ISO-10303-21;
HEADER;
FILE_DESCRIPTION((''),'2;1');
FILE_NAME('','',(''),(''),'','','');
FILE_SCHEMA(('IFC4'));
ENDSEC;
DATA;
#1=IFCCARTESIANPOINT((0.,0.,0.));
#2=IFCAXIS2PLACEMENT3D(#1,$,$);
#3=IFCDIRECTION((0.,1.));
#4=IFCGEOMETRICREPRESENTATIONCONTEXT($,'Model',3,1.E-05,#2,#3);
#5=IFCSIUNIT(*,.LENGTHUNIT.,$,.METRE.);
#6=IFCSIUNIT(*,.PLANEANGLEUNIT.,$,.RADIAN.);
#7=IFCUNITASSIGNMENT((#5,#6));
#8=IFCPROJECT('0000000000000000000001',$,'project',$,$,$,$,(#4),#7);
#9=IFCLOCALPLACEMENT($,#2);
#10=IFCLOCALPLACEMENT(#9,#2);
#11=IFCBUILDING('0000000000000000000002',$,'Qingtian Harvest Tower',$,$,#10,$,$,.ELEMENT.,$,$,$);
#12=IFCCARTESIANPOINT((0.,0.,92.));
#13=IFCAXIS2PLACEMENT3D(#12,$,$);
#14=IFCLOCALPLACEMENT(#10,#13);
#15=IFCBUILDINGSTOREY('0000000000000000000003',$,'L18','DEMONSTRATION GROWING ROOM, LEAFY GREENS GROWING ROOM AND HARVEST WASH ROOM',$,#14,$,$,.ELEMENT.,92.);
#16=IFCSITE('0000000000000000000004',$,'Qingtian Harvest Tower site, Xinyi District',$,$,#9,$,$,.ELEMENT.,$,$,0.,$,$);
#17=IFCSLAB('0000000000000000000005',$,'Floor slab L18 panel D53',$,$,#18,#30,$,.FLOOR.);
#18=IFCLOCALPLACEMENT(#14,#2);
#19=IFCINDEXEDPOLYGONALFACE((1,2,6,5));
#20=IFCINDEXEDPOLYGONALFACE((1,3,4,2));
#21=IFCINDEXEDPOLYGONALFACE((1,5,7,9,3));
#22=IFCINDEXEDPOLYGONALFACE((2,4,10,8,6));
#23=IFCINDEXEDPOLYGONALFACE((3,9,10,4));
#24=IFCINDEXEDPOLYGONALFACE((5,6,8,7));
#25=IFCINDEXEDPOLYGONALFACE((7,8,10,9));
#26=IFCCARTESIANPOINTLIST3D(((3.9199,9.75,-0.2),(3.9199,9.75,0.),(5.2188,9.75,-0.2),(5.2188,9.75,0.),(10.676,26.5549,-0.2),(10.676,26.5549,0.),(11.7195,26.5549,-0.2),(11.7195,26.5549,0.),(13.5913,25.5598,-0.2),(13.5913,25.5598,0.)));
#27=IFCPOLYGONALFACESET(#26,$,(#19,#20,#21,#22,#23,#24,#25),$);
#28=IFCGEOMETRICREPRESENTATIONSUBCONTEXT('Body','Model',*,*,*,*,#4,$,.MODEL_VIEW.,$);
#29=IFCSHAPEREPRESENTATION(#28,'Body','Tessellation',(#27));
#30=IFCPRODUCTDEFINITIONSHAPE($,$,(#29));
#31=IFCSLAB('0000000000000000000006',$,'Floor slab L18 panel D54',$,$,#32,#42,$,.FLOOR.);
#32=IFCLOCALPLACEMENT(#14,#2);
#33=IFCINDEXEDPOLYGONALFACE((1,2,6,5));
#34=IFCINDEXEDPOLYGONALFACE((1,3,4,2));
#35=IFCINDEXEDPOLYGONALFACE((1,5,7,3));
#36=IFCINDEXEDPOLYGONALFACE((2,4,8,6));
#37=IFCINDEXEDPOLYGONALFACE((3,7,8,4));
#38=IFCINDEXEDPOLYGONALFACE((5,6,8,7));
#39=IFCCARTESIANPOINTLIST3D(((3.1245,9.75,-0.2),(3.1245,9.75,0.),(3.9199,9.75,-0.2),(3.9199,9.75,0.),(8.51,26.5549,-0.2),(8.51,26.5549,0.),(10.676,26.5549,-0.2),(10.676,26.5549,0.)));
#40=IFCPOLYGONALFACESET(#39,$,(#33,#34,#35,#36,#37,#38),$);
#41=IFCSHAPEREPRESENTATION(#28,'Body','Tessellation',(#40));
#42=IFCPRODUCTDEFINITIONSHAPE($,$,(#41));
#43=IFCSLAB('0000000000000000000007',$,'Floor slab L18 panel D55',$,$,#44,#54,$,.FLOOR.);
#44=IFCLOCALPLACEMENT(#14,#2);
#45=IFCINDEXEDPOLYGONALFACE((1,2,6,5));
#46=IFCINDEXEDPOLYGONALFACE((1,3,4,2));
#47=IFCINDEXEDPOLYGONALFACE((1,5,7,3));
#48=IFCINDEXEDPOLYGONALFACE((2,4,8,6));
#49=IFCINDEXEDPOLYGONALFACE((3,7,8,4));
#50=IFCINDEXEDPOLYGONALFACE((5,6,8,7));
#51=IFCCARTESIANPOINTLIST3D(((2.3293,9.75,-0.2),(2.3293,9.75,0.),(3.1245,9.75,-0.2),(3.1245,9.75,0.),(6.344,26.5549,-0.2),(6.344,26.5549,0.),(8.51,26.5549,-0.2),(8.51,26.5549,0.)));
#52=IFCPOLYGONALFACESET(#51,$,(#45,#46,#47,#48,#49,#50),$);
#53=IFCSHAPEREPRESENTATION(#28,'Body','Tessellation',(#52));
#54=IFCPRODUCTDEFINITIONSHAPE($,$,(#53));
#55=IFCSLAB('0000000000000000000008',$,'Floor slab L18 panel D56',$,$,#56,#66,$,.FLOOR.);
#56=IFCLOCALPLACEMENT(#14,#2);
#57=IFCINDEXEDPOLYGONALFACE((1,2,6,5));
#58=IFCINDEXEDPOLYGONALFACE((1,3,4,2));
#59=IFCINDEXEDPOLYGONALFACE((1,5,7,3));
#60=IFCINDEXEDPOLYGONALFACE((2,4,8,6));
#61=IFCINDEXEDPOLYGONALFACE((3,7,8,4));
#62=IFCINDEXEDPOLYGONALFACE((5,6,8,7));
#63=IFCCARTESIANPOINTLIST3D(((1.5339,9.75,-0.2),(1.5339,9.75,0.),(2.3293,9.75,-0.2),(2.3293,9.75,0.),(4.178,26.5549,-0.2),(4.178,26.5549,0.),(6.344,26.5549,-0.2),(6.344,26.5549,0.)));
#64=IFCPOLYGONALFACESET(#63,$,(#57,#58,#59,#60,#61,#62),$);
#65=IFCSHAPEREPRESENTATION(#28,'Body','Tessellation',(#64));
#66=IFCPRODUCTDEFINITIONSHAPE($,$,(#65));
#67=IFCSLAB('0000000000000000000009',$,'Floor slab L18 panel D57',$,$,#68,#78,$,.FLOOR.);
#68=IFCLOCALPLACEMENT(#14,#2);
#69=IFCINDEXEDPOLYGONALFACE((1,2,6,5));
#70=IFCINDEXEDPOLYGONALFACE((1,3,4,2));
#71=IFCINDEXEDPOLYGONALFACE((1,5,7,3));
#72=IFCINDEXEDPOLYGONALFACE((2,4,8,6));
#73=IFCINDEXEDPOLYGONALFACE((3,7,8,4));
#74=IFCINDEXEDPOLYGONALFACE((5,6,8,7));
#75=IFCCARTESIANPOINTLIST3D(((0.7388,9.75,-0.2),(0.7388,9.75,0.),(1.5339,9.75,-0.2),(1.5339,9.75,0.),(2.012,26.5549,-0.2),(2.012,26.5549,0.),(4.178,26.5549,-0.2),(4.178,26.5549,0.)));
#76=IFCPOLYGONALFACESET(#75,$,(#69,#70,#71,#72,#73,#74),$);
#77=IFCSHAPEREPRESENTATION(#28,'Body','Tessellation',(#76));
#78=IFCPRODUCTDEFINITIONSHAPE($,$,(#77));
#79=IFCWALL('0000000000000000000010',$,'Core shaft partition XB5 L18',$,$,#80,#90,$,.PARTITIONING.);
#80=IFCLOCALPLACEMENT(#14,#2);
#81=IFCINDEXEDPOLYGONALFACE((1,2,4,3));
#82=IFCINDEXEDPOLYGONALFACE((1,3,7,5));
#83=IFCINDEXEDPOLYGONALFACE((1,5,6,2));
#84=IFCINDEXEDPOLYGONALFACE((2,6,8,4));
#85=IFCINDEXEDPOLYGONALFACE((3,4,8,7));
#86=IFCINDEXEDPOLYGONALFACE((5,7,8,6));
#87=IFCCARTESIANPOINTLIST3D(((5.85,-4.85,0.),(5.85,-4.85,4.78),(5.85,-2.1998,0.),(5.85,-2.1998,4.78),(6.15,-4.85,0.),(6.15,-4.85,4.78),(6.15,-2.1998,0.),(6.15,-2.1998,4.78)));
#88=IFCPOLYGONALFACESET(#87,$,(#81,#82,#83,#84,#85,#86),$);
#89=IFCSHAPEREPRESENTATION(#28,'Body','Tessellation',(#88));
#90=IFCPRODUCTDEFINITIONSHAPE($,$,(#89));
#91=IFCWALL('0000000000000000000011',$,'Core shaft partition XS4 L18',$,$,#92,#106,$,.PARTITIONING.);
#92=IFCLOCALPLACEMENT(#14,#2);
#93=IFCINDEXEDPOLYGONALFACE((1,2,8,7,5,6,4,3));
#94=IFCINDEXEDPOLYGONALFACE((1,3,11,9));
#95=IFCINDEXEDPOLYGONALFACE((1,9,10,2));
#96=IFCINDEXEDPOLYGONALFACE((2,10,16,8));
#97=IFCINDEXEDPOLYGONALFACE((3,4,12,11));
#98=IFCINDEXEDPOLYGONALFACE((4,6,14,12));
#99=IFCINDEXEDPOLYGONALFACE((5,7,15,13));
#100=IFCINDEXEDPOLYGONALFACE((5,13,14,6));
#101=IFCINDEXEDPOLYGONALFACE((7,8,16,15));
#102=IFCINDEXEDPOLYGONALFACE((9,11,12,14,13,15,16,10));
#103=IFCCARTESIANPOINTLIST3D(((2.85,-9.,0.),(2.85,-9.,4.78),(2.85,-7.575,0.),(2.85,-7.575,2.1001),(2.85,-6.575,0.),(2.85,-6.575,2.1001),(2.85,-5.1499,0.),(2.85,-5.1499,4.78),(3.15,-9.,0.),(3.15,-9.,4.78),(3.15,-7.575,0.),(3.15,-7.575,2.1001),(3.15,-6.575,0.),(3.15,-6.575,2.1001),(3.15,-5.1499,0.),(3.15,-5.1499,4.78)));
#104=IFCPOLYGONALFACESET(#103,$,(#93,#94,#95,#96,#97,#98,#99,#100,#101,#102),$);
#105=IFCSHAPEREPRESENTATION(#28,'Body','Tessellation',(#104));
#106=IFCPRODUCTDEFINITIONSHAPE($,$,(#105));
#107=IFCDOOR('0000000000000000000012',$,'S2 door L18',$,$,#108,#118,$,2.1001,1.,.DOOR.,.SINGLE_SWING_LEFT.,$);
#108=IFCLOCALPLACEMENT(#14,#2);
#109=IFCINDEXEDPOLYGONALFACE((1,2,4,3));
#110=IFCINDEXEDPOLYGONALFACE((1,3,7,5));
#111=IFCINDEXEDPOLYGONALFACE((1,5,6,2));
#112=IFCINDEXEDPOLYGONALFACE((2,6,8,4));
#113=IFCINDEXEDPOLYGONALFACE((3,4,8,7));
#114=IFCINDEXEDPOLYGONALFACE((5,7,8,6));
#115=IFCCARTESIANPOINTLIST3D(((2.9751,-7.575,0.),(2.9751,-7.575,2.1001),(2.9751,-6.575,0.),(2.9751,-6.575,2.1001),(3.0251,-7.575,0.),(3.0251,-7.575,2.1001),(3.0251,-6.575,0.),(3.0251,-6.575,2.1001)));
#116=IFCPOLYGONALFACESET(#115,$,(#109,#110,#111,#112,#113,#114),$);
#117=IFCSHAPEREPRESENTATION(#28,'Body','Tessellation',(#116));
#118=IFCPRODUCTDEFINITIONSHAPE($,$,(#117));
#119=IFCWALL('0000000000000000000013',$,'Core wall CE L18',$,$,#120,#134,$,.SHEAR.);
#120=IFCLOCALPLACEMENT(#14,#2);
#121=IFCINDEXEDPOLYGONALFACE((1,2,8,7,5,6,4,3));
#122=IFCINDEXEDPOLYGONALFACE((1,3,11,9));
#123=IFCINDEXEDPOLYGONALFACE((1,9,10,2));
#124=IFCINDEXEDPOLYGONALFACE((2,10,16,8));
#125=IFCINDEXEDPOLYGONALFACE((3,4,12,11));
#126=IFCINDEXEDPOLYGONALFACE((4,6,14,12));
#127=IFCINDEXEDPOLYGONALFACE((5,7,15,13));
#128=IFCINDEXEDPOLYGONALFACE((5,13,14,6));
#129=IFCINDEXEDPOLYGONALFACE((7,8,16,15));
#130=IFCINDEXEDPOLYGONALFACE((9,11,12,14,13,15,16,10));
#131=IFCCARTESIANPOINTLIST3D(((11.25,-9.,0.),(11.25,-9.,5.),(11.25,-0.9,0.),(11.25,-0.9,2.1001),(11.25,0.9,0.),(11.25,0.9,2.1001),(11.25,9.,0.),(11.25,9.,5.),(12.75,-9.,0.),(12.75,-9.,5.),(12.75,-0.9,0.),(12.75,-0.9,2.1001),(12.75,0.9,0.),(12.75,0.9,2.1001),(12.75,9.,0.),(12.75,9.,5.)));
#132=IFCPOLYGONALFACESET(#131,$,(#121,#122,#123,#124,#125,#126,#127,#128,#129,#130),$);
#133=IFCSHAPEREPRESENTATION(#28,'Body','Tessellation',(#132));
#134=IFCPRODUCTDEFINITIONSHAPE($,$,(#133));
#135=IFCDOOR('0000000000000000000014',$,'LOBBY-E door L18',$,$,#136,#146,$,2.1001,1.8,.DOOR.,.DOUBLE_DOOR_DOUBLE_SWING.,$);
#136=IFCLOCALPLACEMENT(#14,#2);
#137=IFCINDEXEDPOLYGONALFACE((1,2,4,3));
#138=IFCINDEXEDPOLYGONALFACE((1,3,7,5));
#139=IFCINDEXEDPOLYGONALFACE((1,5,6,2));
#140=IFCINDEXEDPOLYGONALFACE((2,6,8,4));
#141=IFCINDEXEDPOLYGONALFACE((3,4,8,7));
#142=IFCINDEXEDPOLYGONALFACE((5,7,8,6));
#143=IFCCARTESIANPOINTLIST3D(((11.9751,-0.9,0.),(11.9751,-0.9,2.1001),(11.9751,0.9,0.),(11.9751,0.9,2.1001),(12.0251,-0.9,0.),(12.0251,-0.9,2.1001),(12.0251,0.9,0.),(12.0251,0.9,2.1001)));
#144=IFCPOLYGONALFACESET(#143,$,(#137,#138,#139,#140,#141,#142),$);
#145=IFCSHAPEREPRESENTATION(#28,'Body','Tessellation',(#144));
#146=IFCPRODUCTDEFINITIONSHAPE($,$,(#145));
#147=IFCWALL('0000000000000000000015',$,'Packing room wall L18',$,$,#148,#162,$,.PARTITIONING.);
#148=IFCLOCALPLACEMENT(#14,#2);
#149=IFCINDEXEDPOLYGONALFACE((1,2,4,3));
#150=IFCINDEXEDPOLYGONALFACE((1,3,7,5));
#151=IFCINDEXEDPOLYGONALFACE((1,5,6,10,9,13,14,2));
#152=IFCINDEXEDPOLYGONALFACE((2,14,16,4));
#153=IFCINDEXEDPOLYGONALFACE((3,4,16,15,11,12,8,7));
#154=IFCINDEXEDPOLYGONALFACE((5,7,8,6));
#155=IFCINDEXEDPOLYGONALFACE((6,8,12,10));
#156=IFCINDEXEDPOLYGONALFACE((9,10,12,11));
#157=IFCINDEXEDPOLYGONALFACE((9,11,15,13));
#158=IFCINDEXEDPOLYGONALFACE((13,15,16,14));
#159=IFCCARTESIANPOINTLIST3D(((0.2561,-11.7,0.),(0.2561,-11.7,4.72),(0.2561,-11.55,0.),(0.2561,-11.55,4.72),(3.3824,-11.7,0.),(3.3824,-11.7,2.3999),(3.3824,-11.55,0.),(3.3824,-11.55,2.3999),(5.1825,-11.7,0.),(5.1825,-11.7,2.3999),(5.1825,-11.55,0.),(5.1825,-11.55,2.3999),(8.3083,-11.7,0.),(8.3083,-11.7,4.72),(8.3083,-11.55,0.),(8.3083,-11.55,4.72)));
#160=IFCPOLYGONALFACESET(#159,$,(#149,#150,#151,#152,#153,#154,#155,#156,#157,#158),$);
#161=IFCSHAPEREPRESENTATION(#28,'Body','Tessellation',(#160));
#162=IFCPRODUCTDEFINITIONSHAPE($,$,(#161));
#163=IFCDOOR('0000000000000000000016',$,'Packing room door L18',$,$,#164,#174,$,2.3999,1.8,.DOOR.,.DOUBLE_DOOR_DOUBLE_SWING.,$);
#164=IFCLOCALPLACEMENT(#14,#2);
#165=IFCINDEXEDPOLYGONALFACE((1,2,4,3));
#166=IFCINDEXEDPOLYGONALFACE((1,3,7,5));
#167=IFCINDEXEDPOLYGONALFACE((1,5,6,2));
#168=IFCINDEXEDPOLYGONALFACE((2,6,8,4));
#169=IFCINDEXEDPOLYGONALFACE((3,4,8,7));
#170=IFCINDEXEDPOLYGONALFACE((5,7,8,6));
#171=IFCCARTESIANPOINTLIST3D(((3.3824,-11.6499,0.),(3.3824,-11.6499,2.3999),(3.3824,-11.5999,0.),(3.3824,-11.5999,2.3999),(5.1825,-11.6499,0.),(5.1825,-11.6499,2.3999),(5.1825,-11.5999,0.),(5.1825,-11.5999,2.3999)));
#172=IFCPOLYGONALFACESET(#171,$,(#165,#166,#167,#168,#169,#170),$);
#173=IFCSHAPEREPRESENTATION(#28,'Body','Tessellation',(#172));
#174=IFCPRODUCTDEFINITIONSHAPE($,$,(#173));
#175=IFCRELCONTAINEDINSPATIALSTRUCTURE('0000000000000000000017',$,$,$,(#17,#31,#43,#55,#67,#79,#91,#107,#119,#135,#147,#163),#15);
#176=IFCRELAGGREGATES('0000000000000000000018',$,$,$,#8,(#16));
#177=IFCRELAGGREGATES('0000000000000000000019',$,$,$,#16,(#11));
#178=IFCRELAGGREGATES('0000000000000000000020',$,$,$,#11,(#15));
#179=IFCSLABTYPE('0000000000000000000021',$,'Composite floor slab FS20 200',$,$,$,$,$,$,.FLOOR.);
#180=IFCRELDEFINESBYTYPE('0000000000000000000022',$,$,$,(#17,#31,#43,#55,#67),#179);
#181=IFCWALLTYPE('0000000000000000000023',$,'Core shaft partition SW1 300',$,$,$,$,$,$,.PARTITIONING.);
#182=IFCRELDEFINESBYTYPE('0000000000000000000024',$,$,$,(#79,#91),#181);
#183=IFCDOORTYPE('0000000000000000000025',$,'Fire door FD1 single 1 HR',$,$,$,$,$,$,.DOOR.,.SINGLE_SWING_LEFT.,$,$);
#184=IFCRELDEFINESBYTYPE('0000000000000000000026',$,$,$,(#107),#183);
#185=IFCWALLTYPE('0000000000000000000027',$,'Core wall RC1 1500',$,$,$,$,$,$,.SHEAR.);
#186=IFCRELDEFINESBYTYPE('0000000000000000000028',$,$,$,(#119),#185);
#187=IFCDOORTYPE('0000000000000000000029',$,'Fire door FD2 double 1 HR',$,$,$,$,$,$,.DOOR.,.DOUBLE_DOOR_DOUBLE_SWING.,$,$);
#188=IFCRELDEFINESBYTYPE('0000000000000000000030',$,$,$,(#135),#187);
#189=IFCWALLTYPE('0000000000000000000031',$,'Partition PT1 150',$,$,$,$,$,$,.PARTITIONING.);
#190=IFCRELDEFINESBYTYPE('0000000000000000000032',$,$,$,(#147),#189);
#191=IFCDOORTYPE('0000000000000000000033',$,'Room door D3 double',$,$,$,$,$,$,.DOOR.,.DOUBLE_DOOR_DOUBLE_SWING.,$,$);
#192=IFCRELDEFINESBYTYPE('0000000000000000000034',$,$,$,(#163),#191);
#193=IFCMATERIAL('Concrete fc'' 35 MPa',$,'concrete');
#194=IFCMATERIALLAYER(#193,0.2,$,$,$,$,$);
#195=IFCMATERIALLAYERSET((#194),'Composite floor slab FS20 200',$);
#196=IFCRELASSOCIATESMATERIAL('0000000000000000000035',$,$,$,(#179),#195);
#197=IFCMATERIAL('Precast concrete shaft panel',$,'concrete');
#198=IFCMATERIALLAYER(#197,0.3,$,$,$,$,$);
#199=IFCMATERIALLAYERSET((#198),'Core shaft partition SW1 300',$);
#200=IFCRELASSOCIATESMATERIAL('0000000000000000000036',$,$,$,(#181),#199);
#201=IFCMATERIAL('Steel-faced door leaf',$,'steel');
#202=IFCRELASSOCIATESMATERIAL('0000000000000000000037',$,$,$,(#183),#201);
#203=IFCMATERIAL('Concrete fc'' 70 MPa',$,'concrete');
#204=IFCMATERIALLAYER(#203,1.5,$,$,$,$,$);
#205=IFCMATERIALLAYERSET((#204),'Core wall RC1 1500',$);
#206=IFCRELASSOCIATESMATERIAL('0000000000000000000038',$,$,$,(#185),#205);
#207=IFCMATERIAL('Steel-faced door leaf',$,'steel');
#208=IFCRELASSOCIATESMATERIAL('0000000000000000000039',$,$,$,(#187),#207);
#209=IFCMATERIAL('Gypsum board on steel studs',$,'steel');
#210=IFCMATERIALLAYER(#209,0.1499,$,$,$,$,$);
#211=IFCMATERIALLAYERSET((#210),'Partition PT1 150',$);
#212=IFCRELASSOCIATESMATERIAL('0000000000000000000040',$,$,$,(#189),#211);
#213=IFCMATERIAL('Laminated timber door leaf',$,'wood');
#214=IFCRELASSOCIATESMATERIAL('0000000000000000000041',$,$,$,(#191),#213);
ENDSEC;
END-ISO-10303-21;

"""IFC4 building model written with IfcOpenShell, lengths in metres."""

from ifc_helpers import new_model, si_unit, direction, frame, frame_2d, origin, place, context, subcontext, project, spatial, polyline, rectangle, outline, extrude, material, layer, layer_set, type_object, element, fill, save


model = new_model("IFC4")

# Units and contexts
model_context = context("Model", 3, precision=1e-05, world=origin(), true_north=direction((0.0, 1.0)))
body_context = subcontext(model_context, "Body", "Model", "MODEL_VIEW")
ifc_project = project(units=[si_unit("LENGTHUNIT", "METRE"), si_unit("PLANEANGLEUNIT", "RADIAN")], contexts=[model_context])

# Site, building, storey
site_placement = place(None, origin())
site = spatial("IfcSite", under=ifc_project, at=site_placement, Name="Qingtian Harvest Tower site, Xinyi District", CompositionType="ELEMENT", RefElevation=0.0)
building_placement = place(site_placement, origin())
building = spatial("IfcBuilding", under=site, at=building_placement, Name="Qingtian Harvest Tower", CompositionType="ELEMENT")
storey_placement = place(building_placement, frame((0.0, 0.0, 92.0)))
storey = spatial("IfcBuildingStorey", under=building, at=storey_placement, Name="L18", Description="DEMONSTRATION GROWING ROOM, LEAFY GREENS GROWING ROOM AND HARVEST WASH ROOM", CompositionType="ELEMENT", Elevation=92.0)

# Slabs
ifc_material_1 = material(Name="Concrete fc' 35 MPa", Category="concrete")
ifc_layer_1 = layer(ifc_material_1, 0.2)
ifc_layer_set_1 = layer_set([ifc_layer_1], Name="Composite floor slab FS20 200")
slab_type = type_object("IfcSlabType", Name="Composite floor slab FS20 200", PredefinedType="FLOOR", material=ifc_layer_set_1)
slab_1_placement = place(storey_placement, frame((0.0, 0.0, -0.2)))
element("IfcSlab", 1, at=slab_1_placement, inside=storey, type_object=slab_type, Name="Floor slab L18 panel D53", PredefinedType="FLOOR", context=body_context, shape_type="SweptSolid", body=[
    extrude(outline(polyline([(3.9199, 9.75), (10.676, 26.5549), (11.7195, 26.5549), (13.5913, 25.5598), (5.2188, 9.75), (3.9199, 9.75)])), origin(), (0.0, 0.0, 1.0), 0.2),
])
slab_2_placement = place(storey_placement, frame((0.0, 0.0, -0.2)))
element("IfcSlab", 2, at=slab_2_placement, inside=storey, type_object=slab_type, Name="Floor slab L18 panel D54", PredefinedType="FLOOR", context=body_context, shape_type="SweptSolid", body=[
    extrude(outline(polyline([(3.1245, 9.75), (8.51, 26.5549), (10.676, 26.5549), (3.9199, 9.75), (3.1245, 9.75)])), origin(), (0.0, 0.0, 1.0), 0.2),
])
slab_3_placement = place(storey_placement, frame((0.0, 0.0, -0.2)))
element("IfcSlab", 3, at=slab_3_placement, inside=storey, type_object=slab_type, Name="Floor slab L18 panel D55", PredefinedType="FLOOR", context=body_context, shape_type="SweptSolid", body=[
    extrude(outline(polyline([(2.3293, 9.75), (6.344, 26.5549), (8.51, 26.5549), (3.1245, 9.75), (2.3293, 9.75)])), origin(), (0.0, 0.0, 1.0), 0.2),
])
slab_4_placement = place(storey_placement, frame((0.0, 0.0, -0.2)))
element("IfcSlab", 4, at=slab_4_placement, inside=storey, type_object=slab_type, Name="Floor slab L18 panel D56", PredefinedType="FLOOR", context=body_context, shape_type="SweptSolid", body=[
    extrude(outline(polyline([(1.5339, 9.75), (4.178, 26.5549), (6.344, 26.5549), (2.3293, 9.75), (1.5339, 9.75)])), origin(), (0.0, 0.0, 1.0), 0.2),
])
slab_5_placement = place(storey_placement, frame((0.0, 0.0, -0.2)))
element("IfcSlab", 5, at=slab_5_placement, inside=storey, type_object=slab_type, Name="Floor slab L18 panel D57", PredefinedType="FLOOR", context=body_context, shape_type="SweptSolid", body=[
    extrude(outline(polyline([(0.7388, 9.75), (2.012, 26.5549), (4.178, 26.5549), (1.5339, 9.75), (0.7388, 9.75)])), origin(), (0.0, 0.0, 1.0), 0.2),
])

# Wall
ifc_material_2 = material(Name="Precast concrete shaft panel", Category="concrete")
ifc_layer_2 = layer(ifc_material_2, 0.3)
ifc_layer_set_2 = layer_set([ifc_layer_2], Name="Core shaft partition SW1 300")
wall_type_1 = type_object("IfcWallType", Name="Core shaft partition SW1 300", PredefinedType="PARTITIONING", material=ifc_layer_set_2)
wall_1_placement = place(storey_placement, frame((6.0, -4.8501, 0.0), z_axis=(0.0, 0.0, 1.0), x_axis=(0.0, 1.0, 0.0)))
element("IfcWall", 6, at=wall_1_placement, inside=storey, type_object=wall_type_1, Name="Core shaft partition XB5 L18", PredefinedType="PARTITIONING", context=body_context, shape_type="SweptSolid", body=[
    extrude(rectangle(XDim=2.6501, YDim=0.3, at=frame_2d((1.3252, 0.0))), origin(), (0.0, 0.0, 1.0), 4.78),
])

# Walls, openings, doors
wall_2_placement = place(storey_placement, frame((3.0, -9.0, 0.0), z_axis=(0.0, 0.0, 1.0), x_axis=(0.0, 1.0, 0.0)))
wall_2 = element("IfcWall", 7, at=wall_2_placement, inside=storey, type_object=wall_type_1, Name="Core shaft partition XS4 L18", PredefinedType="PARTITIONING", context=body_context, shape_type="SweptSolid", body=[
    extrude(rectangle(XDim=3.8501, YDim=0.3, at=frame_2d((1.925, 0.0))), origin(), (0.0, 0.0, 1.0), 4.78),
])
opening_1_placement = place(wall_2_placement, frame((1.425, 0.0, 0.0)))
opening_1 = element("IfcOpeningElement", 8, at=opening_1_placement, cuts=wall_2, PredefinedType="OPENING", context=body_context, shape_type="SweptSolid", body=[
    extrude(rectangle(XDim=1.0, YDim=2.1001, at=frame_2d((0.5, 1.05))), frame((0.0, 0.1599, 0.0), z_axis=(0.0, -1.0, 0.0), x_axis=(1.0, 0.0, 0.0)), (0.0, 0.0, 1.0), 0.3201),
])
ifc_material_3 = material(Name="Steel-faced door leaf", Category="steel")
door_type_1 = type_object("IfcDoorType", Name="Fire door FD1 single 1 HR", OperationType="SINGLE_SWING_LEFT", PredefinedType="DOOR", material=ifc_material_3)
door_1_placement = place(opening_1_placement, origin())
door_1 = element("IfcDoor", 9, at=door_1_placement, inside=storey, type_object=door_type_1, Name="S2 door L18", OperationType="SINGLE_SWING_LEFT", OverallHeight=2.1001, OverallWidth=1.0, PredefinedType="DOOR", context=body_context, shape_type="SweptSolid", body=[
    extrude(rectangle(XDim=1.0, YDim=2.1001, at=frame_2d((0.5, 1.05))), frame((0.0, 0.0249, 0.0), z_axis=(0.0, -1.0, 0.0), x_axis=(1.0, 0.0, 0.0)), (0.0, 0.0, 1.0), 0.05),
])
fill(opening_1, door_1)
ifc_material_4 = material(Name="Concrete fc' 70 MPa", Category="concrete")
ifc_layer_3 = layer(ifc_material_4, 1.5)
ifc_layer_set_3 = layer_set([ifc_layer_3], Name="Core wall RC1 1500")
wall_type_2 = type_object("IfcWallType", Name="Core wall RC1 1500", PredefinedType="SHEAR", material=ifc_layer_set_3)
wall_3_placement = place(storey_placement, frame((12.0, -9.0, 0.0), z_axis=(0.0, 0.0, 1.0), x_axis=(0.0, 1.0, 0.0)))
wall_3 = element("IfcWall", 10, at=wall_3_placement, inside=storey, type_object=wall_type_2, Name="Core wall CE L18", PredefinedType="SHEAR", context=body_context, shape_type="SweptSolid", body=[
    extrude(rectangle(XDim=18.0, YDim=1.5, at=frame_2d((9.0, 0.0))), origin(), (0.0, 0.0, 1.0), 5.0),
])
opening_2_placement = place(wall_3_placement, frame((8.1001, 0.0, 0.0)))
opening_2 = element("IfcOpeningElement", 11, at=opening_2_placement, cuts=wall_3, PredefinedType="OPENING", context=body_context, shape_type="SweptSolid", body=[
    extrude(rectangle(XDim=1.8, YDim=2.1001, at=frame_2d((0.8999, 1.05))), frame((0.0, 0.76, 0.0), z_axis=(0.0, -1.0, 0.0), x_axis=(1.0, 0.0, 0.0)), (0.0, 0.0, 1.0), 1.52),
])
ifc_material_5 = material(Name="Steel-faced door leaf", Category="steel")
door_type_2 = type_object("IfcDoorType", Name="Fire door FD2 double 1 HR", OperationType="DOUBLE_DOOR_DOUBLE_SWING", PredefinedType="DOOR", material=ifc_material_5)
door_2_placement = place(opening_2_placement, origin())
door_2 = element("IfcDoor", 12, at=door_2_placement, inside=storey, type_object=door_type_2, Name="LOBBY-E door L18", OperationType="DOUBLE_DOOR_DOUBLE_SWING", OverallHeight=2.1001, OverallWidth=1.8, PredefinedType="DOOR", context=body_context, shape_type="SweptSolid", body=[
    extrude(rectangle(XDim=1.8, YDim=2.1001, at=frame_2d((0.8999, 1.05))), frame((0.0, 0.0249, 0.0), z_axis=(0.0, -1.0, 0.0), x_axis=(1.0, 0.0, 0.0)), (0.0, 0.0, 1.0), 0.05),
])
fill(opening_2, door_2)
ifc_material_6 = material(Name="Gypsum board on steel studs", Category="steel")
ifc_layer_4 = layer(ifc_material_6, 0.1499)
ifc_layer_set_4 = layer_set([ifc_layer_4], Name="Partition PT1 150")
wall_type_3 = type_object("IfcWallType", Name="Partition PT1 150", PredefinedType="PARTITIONING", material=ifc_layer_set_4)
wall_4_placement = place(storey_placement, frame((8.3083, -11.625, 0.0), z_axis=(0.0, 0.0, 1.0), x_axis=(-1.0, 0.0, 0.0)))
wall_4 = element("IfcWall", 13, at=wall_4_placement, inside=storey, type_object=wall_type_3, Name="Packing room wall L18", PredefinedType="PARTITIONING", context=body_context, shape_type="SweptSolid", body=[
    extrude(rectangle(XDim=8.0522, YDim=0.1499, at=frame_2d((4.0261, 0.0))), origin(), (0.0, 0.0, 1.0), 4.72),
])
opening_3_placement = place(wall_4_placement, frame((3.126, 0.0, 0.0)))
opening_3 = element("IfcOpeningElement", 14, at=opening_3_placement, cuts=wall_4, PredefinedType="OPENING", context=body_context, shape_type="SweptSolid", body=[
    extrude(rectangle(XDim=1.8, YDim=2.3999, at=frame_2d((0.8999, 1.2))), frame((0.0, 0.085, 0.0), z_axis=(0.0, -1.0, 0.0), x_axis=(1.0, 0.0, 0.0)), (0.0, 0.0, 1.0), 0.1699),
])
ifc_material_7 = material(Name="Laminated timber door leaf", Category="wood")
door_type_3 = type_object("IfcDoorType", Name="Room door D3 double", OperationType="DOUBLE_DOOR_DOUBLE_SWING", PredefinedType="DOOR", material=ifc_material_7)
door_3_placement = place(opening_3_placement, origin())
door_3 = element("IfcDoor", 15, at=door_3_placement, inside=storey, type_object=door_type_3, Name="Packing room door L18", OperationType="DOUBLE_DOOR_DOUBLE_SWING", OverallHeight=2.3999, OverallWidth=1.8, PredefinedType="DOOR", context=body_context, shape_type="SweptSolid", body=[
    extrude(rectangle(XDim=1.8, YDim=2.3999, at=frame_2d((0.8999, 1.2))), frame((0.0, 0.0249, 0.0), z_axis=(0.0, -1.0, 0.0), x_axis=(1.0, 0.0, 0.0)), (0.0, 0.0, 1.0), 0.05),
])
fill(opening_3, door_3)

save(model, "model.ifc")
